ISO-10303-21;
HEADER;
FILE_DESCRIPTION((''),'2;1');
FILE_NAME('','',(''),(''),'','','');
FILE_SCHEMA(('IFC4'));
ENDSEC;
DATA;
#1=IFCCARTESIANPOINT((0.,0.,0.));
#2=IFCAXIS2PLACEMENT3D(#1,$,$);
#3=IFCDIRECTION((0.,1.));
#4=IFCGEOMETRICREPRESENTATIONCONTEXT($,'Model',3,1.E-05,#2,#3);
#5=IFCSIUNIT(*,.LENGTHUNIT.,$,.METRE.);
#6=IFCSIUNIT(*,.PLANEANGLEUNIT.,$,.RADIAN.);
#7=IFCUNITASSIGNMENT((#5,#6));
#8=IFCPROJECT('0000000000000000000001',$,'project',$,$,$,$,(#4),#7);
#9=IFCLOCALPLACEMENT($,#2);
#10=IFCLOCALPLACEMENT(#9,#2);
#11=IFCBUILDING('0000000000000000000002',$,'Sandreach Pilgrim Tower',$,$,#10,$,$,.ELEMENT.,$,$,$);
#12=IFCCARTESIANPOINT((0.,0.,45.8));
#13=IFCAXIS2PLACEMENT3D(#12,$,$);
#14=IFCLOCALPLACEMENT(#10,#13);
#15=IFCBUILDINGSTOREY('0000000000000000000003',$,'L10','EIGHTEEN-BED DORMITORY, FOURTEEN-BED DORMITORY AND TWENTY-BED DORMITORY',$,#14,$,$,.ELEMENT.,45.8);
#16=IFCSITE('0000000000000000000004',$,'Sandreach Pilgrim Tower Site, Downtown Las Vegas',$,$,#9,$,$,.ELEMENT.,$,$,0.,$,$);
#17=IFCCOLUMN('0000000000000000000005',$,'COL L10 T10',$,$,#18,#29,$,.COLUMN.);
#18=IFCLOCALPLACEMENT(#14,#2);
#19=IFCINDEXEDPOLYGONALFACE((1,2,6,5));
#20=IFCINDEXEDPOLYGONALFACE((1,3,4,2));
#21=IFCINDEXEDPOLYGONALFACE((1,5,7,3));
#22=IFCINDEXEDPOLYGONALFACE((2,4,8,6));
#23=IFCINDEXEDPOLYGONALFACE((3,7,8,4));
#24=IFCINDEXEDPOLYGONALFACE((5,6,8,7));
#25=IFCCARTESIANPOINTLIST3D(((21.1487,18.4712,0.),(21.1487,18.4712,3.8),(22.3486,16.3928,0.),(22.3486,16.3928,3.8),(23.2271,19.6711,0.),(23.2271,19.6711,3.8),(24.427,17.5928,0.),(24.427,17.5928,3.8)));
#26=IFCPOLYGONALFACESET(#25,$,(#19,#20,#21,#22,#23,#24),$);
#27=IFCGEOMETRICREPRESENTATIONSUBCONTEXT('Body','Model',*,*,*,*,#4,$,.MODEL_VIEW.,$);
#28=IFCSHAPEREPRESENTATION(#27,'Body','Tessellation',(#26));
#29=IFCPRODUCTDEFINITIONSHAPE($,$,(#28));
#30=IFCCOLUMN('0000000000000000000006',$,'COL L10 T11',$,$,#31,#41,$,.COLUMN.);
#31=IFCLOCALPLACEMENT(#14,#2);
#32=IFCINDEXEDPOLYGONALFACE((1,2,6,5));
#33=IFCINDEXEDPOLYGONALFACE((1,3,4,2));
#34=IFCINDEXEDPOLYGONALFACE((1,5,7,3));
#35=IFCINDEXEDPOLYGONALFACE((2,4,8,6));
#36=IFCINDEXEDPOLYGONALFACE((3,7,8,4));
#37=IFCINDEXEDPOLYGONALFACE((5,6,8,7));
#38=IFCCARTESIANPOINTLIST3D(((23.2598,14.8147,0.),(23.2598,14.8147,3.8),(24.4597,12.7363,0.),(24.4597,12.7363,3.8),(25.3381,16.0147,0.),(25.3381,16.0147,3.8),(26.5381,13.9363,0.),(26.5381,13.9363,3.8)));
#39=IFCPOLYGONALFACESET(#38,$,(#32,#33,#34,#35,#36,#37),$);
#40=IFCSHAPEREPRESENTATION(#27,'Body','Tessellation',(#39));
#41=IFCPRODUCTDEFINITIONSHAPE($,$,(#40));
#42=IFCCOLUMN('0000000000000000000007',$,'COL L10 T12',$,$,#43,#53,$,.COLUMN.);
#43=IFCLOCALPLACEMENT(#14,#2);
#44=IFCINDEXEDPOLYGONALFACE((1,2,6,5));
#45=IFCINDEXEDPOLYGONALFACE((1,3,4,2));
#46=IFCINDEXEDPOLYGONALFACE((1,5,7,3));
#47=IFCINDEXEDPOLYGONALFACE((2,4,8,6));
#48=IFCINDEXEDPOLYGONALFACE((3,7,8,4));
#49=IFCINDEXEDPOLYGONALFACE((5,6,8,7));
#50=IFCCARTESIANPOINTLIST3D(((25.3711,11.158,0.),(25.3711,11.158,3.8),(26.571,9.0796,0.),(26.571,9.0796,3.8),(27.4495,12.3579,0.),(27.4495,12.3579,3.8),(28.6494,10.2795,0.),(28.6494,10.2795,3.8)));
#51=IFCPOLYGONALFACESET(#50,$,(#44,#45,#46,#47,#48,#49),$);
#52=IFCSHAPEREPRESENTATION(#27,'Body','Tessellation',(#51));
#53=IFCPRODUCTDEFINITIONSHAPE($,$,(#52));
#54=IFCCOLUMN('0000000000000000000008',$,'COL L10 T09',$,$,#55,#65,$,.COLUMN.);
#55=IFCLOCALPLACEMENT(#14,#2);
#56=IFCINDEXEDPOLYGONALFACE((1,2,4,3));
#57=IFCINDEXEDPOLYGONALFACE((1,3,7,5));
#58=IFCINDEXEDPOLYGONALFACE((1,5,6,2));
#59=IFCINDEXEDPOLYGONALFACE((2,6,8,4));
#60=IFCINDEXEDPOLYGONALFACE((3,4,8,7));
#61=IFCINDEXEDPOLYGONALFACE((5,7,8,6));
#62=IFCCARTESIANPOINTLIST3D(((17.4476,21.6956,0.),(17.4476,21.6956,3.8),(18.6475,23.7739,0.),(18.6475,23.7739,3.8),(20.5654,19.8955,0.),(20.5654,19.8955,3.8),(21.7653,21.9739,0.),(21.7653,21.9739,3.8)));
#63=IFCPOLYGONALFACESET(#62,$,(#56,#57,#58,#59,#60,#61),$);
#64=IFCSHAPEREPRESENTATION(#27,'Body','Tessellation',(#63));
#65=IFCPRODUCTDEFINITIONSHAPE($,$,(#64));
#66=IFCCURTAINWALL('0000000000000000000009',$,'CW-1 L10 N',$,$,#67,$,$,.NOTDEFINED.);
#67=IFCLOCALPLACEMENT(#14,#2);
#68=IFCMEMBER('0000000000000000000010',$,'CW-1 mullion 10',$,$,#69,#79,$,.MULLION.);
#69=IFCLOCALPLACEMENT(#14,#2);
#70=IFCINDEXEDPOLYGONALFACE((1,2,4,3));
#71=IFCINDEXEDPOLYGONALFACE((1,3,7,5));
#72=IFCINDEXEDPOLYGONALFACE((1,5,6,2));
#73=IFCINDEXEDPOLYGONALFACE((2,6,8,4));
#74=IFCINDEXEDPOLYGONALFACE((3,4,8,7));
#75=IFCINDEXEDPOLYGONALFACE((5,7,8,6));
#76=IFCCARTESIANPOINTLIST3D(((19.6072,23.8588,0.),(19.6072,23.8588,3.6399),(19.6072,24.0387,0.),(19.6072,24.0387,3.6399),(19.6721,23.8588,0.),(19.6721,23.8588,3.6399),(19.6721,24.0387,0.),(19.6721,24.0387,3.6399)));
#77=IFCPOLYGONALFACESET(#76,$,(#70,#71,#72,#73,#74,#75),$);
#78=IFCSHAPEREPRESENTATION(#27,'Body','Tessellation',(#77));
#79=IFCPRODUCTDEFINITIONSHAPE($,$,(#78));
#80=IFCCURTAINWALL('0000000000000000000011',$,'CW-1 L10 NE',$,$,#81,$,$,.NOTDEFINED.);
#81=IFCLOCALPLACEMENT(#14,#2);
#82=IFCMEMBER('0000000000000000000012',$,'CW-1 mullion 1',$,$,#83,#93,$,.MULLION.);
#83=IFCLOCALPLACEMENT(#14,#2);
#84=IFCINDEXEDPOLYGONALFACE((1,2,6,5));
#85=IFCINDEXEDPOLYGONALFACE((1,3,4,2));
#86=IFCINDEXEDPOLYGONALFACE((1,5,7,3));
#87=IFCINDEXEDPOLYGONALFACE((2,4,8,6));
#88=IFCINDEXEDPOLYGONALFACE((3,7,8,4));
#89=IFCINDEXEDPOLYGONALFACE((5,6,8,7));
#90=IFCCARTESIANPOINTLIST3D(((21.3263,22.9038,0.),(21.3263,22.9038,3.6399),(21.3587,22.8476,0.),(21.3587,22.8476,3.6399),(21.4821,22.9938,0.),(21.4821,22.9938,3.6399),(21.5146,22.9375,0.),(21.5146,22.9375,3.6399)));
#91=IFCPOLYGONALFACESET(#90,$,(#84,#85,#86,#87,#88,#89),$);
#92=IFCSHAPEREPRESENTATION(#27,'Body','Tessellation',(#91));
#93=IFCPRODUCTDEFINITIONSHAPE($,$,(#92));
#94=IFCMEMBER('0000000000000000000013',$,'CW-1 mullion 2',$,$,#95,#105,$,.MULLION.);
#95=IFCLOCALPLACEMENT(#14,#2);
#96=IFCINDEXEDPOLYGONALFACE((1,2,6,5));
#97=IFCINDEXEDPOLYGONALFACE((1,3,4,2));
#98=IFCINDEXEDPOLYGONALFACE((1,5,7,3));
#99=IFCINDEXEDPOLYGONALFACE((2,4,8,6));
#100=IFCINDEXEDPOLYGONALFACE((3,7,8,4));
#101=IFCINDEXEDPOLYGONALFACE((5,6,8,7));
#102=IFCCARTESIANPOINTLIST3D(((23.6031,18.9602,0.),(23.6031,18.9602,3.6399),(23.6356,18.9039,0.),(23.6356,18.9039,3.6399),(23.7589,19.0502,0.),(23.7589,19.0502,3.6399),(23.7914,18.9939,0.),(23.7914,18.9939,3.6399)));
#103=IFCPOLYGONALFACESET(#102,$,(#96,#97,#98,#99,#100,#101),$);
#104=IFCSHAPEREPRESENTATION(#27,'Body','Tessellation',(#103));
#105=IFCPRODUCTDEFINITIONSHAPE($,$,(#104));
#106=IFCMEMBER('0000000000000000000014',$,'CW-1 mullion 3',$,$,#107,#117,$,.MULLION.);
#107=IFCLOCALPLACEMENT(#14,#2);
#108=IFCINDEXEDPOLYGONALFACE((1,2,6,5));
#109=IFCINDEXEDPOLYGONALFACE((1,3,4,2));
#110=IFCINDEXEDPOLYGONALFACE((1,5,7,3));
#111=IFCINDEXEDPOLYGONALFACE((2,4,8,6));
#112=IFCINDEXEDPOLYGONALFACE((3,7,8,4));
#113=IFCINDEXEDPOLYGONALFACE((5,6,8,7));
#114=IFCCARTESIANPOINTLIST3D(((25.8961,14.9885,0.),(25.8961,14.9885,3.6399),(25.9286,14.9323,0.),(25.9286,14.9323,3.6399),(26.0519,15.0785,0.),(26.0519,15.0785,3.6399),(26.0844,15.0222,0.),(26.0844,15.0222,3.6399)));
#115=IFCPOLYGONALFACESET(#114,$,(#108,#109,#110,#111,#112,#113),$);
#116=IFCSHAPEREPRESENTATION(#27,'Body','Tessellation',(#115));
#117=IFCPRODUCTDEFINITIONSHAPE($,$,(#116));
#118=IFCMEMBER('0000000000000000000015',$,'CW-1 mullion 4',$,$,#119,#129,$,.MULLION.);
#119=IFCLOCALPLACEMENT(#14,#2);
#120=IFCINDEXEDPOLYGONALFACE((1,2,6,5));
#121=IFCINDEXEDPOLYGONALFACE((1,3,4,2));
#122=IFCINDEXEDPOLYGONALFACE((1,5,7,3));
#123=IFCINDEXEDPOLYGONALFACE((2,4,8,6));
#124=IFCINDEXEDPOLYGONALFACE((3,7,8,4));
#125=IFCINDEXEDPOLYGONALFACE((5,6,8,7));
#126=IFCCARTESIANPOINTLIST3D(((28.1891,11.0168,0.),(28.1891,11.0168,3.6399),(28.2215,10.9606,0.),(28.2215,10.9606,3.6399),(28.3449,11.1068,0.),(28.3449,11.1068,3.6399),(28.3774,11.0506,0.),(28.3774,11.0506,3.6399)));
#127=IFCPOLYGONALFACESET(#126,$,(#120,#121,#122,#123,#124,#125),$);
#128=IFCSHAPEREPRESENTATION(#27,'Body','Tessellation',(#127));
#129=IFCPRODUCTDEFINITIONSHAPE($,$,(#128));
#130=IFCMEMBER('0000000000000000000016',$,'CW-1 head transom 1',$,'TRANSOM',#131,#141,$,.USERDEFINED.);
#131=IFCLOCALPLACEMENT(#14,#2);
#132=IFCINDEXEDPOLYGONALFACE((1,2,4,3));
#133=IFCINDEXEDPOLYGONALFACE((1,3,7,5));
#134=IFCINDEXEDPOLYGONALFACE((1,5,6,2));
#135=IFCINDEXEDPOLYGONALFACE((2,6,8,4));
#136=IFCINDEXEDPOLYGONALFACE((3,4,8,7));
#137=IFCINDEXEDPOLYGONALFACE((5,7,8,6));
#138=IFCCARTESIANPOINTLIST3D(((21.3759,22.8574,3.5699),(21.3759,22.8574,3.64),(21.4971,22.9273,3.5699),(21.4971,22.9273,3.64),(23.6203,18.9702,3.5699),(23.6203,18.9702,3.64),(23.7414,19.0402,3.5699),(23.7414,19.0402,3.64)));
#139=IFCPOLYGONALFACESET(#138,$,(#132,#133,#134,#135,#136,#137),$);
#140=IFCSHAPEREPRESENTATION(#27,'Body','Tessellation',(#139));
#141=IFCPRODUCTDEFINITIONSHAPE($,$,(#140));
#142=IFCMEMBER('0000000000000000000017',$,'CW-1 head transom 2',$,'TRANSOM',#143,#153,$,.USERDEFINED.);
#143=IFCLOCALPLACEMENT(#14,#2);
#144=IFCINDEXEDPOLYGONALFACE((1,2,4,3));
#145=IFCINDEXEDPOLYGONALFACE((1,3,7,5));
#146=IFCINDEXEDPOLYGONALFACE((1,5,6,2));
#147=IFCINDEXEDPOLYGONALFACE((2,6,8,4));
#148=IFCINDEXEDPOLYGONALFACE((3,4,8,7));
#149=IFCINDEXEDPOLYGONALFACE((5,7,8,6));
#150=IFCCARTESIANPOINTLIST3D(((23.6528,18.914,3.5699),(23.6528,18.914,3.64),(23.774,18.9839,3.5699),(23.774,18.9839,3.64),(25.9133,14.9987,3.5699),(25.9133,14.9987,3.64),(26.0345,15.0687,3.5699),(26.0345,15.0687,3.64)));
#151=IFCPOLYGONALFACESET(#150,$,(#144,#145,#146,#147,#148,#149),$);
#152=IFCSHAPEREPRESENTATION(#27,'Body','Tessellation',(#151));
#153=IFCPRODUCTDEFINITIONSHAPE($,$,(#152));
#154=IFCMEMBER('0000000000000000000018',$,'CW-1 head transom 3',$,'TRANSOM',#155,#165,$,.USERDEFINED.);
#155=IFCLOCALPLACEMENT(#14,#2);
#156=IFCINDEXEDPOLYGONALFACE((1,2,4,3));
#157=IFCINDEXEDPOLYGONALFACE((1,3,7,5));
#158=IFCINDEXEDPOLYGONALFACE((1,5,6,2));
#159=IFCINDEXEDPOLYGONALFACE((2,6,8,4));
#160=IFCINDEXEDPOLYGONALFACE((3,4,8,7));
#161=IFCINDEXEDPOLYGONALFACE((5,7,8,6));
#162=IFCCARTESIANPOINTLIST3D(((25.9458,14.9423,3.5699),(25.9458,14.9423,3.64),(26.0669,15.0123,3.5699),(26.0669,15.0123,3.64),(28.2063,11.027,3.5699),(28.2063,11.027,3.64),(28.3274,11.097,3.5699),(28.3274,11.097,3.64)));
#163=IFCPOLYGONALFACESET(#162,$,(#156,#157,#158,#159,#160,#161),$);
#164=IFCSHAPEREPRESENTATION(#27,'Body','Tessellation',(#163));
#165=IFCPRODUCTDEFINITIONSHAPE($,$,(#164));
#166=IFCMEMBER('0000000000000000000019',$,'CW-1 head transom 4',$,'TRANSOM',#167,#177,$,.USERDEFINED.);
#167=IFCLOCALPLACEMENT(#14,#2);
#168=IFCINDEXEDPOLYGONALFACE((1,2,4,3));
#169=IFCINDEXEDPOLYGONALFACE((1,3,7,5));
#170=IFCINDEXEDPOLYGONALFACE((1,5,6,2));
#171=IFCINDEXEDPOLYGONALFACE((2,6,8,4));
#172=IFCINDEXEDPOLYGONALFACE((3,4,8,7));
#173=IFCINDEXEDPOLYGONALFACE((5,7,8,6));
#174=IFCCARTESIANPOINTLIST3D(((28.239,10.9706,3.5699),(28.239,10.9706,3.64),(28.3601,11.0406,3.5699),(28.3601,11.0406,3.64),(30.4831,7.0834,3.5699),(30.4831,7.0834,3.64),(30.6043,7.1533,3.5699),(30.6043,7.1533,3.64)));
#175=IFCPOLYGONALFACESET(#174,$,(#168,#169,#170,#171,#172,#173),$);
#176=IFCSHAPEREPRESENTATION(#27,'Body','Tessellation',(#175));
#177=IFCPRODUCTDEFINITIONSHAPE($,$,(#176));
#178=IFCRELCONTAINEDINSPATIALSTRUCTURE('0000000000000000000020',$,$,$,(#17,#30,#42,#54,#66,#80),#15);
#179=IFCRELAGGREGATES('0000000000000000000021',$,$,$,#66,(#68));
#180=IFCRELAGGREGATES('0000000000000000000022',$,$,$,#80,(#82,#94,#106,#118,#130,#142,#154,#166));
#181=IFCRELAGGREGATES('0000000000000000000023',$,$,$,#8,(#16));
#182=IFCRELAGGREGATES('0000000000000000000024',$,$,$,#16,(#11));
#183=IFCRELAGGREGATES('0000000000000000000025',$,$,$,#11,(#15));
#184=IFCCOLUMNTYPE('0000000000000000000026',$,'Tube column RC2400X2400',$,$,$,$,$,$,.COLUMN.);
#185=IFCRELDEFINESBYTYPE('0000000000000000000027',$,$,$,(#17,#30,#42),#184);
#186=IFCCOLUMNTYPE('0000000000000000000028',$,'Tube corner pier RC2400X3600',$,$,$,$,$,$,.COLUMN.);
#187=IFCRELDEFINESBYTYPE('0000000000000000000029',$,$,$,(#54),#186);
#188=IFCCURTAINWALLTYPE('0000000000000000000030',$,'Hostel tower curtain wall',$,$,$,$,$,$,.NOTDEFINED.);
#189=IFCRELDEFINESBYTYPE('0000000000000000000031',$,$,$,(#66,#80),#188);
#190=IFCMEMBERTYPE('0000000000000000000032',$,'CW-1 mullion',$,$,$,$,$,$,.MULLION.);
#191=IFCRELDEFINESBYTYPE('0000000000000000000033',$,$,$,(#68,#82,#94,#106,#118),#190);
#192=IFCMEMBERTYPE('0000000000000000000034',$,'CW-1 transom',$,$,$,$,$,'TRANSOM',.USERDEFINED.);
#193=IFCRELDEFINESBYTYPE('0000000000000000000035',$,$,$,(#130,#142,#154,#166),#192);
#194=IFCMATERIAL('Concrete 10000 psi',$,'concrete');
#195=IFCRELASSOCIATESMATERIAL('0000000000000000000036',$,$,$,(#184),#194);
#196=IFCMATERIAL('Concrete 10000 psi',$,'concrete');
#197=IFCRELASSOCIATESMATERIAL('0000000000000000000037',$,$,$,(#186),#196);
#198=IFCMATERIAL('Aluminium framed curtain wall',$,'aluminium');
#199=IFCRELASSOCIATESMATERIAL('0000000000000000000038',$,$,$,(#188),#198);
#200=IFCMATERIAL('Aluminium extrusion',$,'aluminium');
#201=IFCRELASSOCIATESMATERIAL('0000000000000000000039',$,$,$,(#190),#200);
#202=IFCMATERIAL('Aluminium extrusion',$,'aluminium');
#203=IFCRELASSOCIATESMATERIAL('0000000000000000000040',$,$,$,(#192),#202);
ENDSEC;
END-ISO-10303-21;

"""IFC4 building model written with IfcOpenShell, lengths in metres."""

from ifc_helpers import new_model, si_unit, direction, frame, origin, origin_2d, place, context, subcontext, project, spatial, rectangle, extrude, material, material_profile, profile_set, type_object, element, aggregate, save


model = new_model("IFC4")

# Units and contexts
model_context = context("Model", 3, precision=1e-05, world=origin(), true_north=direction((0.0, 1.0)))
body_context = subcontext(model_context, "Body", "Model", "MODEL_VIEW")
ifc_project = project(units=[si_unit("LENGTHUNIT", "METRE"), si_unit("PLANEANGLEUNIT", "RADIAN")], contexts=[model_context])

# Site, building, storey
site_placement = place(None, origin())
site = spatial("IfcSite", under=ifc_project, at=site_placement, Name="Sandreach Pilgrim Tower Site, Downtown Las Vegas", CompositionType="ELEMENT", RefElevation=0.0)
building_placement = place(site_placement, origin())
building = spatial("IfcBuilding", under=site, at=building_placement, Name="Sandreach Pilgrim Tower", CompositionType="ELEMENT")
storey_placement = place(building_placement, frame((0.0, 0.0, 45.8)))
storey = spatial("IfcBuildingStorey", under=building, at=storey_placement, Name="L10", Description="EIGHTEEN-BED DORMITORY, FOURTEEN-BED DORMITORY AND TWENTY-BED DORMITORY", CompositionType="ELEMENT", Elevation=45.8)

# Columns
ifc_material_1 = material(Name="Concrete 10000 psi", Category="concrete")
ifc_material_profile_1 = material_profile(ifc_material_1, rectangle(XDim=2.3999, YDim=2.3999, at=origin_2d()), Name="RC2400X2400")
ifc_profile_set_1 = profile_set([ifc_material_profile_1], Name="Concrete 10000 psi")
column_type_1 = type_object("IfcColumnType", Name="Tube column RC2400X2400", PredefinedType="COLUMN", material=ifc_profile_set_1)
for number, where, z_axis, x_axis, name in (
    (1, (22.7878, 18.032, 0.0), (0.0, 0.0, 1.0), (0.866025, 0.5, 0.0), "COL L10 T10"),
    (2, (24.8989, 14.3755, 0.0), (0.0, 0.0, 1.0), (0.866025, 0.5, 0.0), "COL L10 T11"),
    (3, (27.0103, 10.7188, 0.0), (0.0, 0.0, 1.0), (0.866025, 0.5, 0.0), "COL L10 T12"),
):
    element("IfcColumn", number, at=place(storey_placement, frame(where, z_axis=z_axis, x_axis=x_axis)), inside=storey, type_object=column_type_1, Name=name, PredefinedType="COLUMN", context=body_context, shape_type="SweptSolid", body=[
        extrude(rectangle(XDim=2.3999, YDim=2.3999, at=origin_2d()), origin(), (0.0, 0.0, 1.0), 3.8),
    ])
ifc_material_2 = material(Name="Concrete 10000 psi", Category="concrete")
ifc_material_profile_2 = material_profile(ifc_material_2, rectangle(XDim=2.3999, YDim=3.6001, at=origin_2d()), Name="RC2400X3600")
ifc_profile_set_2 = profile_set([ifc_material_profile_2], Name="Concrete 10000 psi")
column_type_2 = type_object("IfcColumnType", Name="Tube corner pier RC2400X3600", PredefinedType="COLUMN", material=ifc_profile_set_2)
column_placement = place(storey_placement, frame((19.6064, 21.8347, 0.0), z_axis=(0.0, 0.0, 1.0), x_axis=(0.5, 0.866025, 0.0)))
element("IfcColumn", 4, at=column_placement, inside=storey, type_object=column_type_2, Name="COL L10 T09", PredefinedType="COLUMN", context=body_context, shape_type="SweptSolid", body=[
    extrude(rectangle(XDim=2.3999, YDim=3.6001, at=origin_2d()), origin(), (0.0, 0.0, 1.0), 3.8),
])

# Curtain wall, member
ifc_material_3 = material(Name="Aluminium framed curtain wall", Category="aluminium")
curtain_wall_type = type_object("IfcCurtainWallType", Name="Hostel tower curtain wall", PredefinedType="NOTDEFINED", material=ifc_material_3)
curtain_wall_1_placement = place(storey_placement, origin())
curtain_wall_1 = element("IfcCurtainWall", 5, at=curtain_wall_1_placement, inside=storey, type_object=curtain_wall_type, Name="CW-1 L10 N", PredefinedType="NOTDEFINED")
ifc_material_4 = material(Name="Aluminium extrusion", Category="aluminium")
ifc_material_profile_3 = material_profile(ifc_material_4, rectangle(XDim=0.0649, YDim=0.1799, at=origin_2d()), Name="CW-1M 65X180")
ifc_profile_set_3 = profile_set([ifc_material_profile_3], Name="Aluminium extrusion")
member_type_1 = type_object("IfcMemberType", Name="CW-1 mullion", PredefinedType="MULLION", material=ifc_profile_set_3)
member_1_placement = place(storey_placement, frame((19.6396, 23.9487, 0.0), z_axis=(0.0, 0.0, 1.0), x_axis=(1.0, 0.0, 0.0)))
member_1 = element("IfcMember", 6, at=member_1_placement, type_object=member_type_1, Name="CW-1 mullion 10", PredefinedType="MULLION", context=body_context, shape_type="SweptSolid", body=[
    extrude(rectangle(XDim=0.0649, YDim=0.1799, at=origin_2d()), origin(), (0.0, 0.0, 1.0), 3.6399),
])

# Curtain wall, members
curtain_wall_2_placement = place(storey_placement, origin())
curtain_wall_2 = element("IfcCurtainWall", 7, at=curtain_wall_2_placement, inside=storey, type_object=curtain_wall_type, Name="CW-1 L10 NE", PredefinedType="NOTDEFINED")
member_2_placement = place(storey_placement, frame((21.4204, 22.9207, 0.0), z_axis=(0.0, 0.0, 1.0), x_axis=(0.5, -0.866025, 0.0)))
member_2 = element("IfcMember", 8, at=member_2_placement, type_object=member_type_1, Name="CW-1 mullion 1", PredefinedType="MULLION", context=body_context, shape_type="SweptSolid", body=[
    extrude(rectangle(XDim=0.0649, YDim=0.1799, at=origin_2d()), origin(), (0.0, 0.0, 1.0), 3.6399),
])
member_3_placement = place(storey_placement, frame((23.6973, 18.9771, 0.0), z_axis=(0.0, 0.0, 1.0), x_axis=(0.5, -0.866025, 0.0)))
member_3 = element("IfcMember", 9, at=member_3_placement, type_object=member_type_1, Name="CW-1 mullion 2", PredefinedType="MULLION", context=body_context, shape_type="SweptSolid", body=[
    extrude(rectangle(XDim=0.0649, YDim=0.1799, at=origin_2d()), origin(), (0.0, 0.0, 1.0), 3.6399),
])
member_4_placement = place(storey_placement, frame((25.9902, 15.0054, 0.0), z_axis=(0.0, 0.0, 1.0), x_axis=(0.5, -0.866025, 0.0)))
member_4 = element("IfcMember", 10, at=member_4_placement, type_object=member_type_1, Name="CW-1 mullion 3", PredefinedType="MULLION", context=body_context, shape_type="SweptSolid", body=[
    extrude(rectangle(XDim=0.0649, YDim=0.1799, at=origin_2d()), origin(), (0.0, 0.0, 1.0), 3.6399),
])
member_5_placement = place(storey_placement, frame((28.2832, 11.0337, 0.0), z_axis=(0.0, 0.0, 1.0), x_axis=(0.5, -0.866025, 0.0)))
member_5 = element("IfcMember", 11, at=member_5_placement, type_object=member_type_1, Name="CW-1 mullion 4", PredefinedType="MULLION", context=body_context, shape_type="SweptSolid", body=[
    extrude(rectangle(XDim=0.0649, YDim=0.1799, at=origin_2d()), origin(), (0.0, 0.0, 1.0), 3.6399),
])
ifc_material_5 = material(Name="Aluminium extrusion", Category="aluminium")
ifc_material_profile_4 = material_profile(ifc_material_5, rectangle(XDim=0.1399, YDim=0.0701, at=origin_2d()), Name="CW-1T 140X70")
ifc_profile_set_4 = profile_set([ifc_material_profile_4], Name="Aluminium extrusion")
member_type_2 = type_object("IfcMemberType", Name="CW-1 transom", ElementType="TRANSOM", PredefinedType="USERDEFINED", material=ifc_profile_set_4)
member_6_placement = place(storey_placement, frame((21.4365, 22.8923, 3.605), z_axis=(0.500018, -0.866015, 0.0), x_axis=(0.866015, 0.500018, 0.0)))
member_6 = element("IfcMember", 12, at=member_6_placement, type_object=member_type_2, Name="CW-1 head transom 1", ObjectType="TRANSOM", PredefinedType="USERDEFINED", context=body_context, shape_type="SweptSolid", body=[
    extrude(rectangle(XDim=0.1399, YDim=0.0701, at=origin_2d()), origin(), (0.0, 0.0, 1.0), 4.4885),
])
member_7_placement = place(storey_placement, frame((23.7134, 18.949, 3.605), z_axis=(0.500001, -0.866025, 0.0), x_axis=(0.866025, 0.500001, 0.0)))
member_7 = element("IfcMember", 13, at=member_7_placement, type_object=member_type_2, Name="CW-1 head transom 2", ObjectType="TRANSOM", PredefinedType="USERDEFINED", context=body_context, shape_type="SweptSolid", body=[
    extrude(rectangle(XDim=0.1399, YDim=0.0701, at=origin_2d()), origin(), (0.0, 0.0, 1.0), 4.521),
])
member_8_placement = place(storey_placement, frame((26.0063, 14.9773, 3.605), z_axis=(0.500001, -0.866025, 0.0), x_axis=(0.866025, 0.500001, 0.0)))
member_8 = element("IfcMember", 14, at=member_8_placement, type_object=member_type_2, Name="CW-1 head transom 3", ObjectType="TRANSOM", PredefinedType="USERDEFINED", context=body_context, shape_type="SweptSolid", body=[
    extrude(rectangle(XDim=0.1399, YDim=0.0701, at=origin_2d()), origin(), (0.0, 0.0, 1.0), 4.521),
])
member_9_placement = place(storey_placement, frame((28.2996, 11.0056, 3.605), z_axis=(0.499977, -0.866039, 0.0), x_axis=(0.866039, 0.499977, 0.0)))
member_9 = element("IfcMember", 15, at=member_9_placement, type_object=member_type_2, Name="CW-1 head transom 4", ObjectType="TRANSOM", PredefinedType="USERDEFINED", context=body_context, shape_type="SweptSolid", body=[
    extrude(rectangle(XDim=0.1399, YDim=0.0701, at=origin_2d()), origin(), (0.0, 0.0, 1.0), 4.4885),
])

aggregate(curtain_wall_1, [member_1])
aggregate(curtain_wall_2, [member_2, member_3, member_4, member_5, member_6, member_7, member_8, member_9])

save(model, "model.ifc")
